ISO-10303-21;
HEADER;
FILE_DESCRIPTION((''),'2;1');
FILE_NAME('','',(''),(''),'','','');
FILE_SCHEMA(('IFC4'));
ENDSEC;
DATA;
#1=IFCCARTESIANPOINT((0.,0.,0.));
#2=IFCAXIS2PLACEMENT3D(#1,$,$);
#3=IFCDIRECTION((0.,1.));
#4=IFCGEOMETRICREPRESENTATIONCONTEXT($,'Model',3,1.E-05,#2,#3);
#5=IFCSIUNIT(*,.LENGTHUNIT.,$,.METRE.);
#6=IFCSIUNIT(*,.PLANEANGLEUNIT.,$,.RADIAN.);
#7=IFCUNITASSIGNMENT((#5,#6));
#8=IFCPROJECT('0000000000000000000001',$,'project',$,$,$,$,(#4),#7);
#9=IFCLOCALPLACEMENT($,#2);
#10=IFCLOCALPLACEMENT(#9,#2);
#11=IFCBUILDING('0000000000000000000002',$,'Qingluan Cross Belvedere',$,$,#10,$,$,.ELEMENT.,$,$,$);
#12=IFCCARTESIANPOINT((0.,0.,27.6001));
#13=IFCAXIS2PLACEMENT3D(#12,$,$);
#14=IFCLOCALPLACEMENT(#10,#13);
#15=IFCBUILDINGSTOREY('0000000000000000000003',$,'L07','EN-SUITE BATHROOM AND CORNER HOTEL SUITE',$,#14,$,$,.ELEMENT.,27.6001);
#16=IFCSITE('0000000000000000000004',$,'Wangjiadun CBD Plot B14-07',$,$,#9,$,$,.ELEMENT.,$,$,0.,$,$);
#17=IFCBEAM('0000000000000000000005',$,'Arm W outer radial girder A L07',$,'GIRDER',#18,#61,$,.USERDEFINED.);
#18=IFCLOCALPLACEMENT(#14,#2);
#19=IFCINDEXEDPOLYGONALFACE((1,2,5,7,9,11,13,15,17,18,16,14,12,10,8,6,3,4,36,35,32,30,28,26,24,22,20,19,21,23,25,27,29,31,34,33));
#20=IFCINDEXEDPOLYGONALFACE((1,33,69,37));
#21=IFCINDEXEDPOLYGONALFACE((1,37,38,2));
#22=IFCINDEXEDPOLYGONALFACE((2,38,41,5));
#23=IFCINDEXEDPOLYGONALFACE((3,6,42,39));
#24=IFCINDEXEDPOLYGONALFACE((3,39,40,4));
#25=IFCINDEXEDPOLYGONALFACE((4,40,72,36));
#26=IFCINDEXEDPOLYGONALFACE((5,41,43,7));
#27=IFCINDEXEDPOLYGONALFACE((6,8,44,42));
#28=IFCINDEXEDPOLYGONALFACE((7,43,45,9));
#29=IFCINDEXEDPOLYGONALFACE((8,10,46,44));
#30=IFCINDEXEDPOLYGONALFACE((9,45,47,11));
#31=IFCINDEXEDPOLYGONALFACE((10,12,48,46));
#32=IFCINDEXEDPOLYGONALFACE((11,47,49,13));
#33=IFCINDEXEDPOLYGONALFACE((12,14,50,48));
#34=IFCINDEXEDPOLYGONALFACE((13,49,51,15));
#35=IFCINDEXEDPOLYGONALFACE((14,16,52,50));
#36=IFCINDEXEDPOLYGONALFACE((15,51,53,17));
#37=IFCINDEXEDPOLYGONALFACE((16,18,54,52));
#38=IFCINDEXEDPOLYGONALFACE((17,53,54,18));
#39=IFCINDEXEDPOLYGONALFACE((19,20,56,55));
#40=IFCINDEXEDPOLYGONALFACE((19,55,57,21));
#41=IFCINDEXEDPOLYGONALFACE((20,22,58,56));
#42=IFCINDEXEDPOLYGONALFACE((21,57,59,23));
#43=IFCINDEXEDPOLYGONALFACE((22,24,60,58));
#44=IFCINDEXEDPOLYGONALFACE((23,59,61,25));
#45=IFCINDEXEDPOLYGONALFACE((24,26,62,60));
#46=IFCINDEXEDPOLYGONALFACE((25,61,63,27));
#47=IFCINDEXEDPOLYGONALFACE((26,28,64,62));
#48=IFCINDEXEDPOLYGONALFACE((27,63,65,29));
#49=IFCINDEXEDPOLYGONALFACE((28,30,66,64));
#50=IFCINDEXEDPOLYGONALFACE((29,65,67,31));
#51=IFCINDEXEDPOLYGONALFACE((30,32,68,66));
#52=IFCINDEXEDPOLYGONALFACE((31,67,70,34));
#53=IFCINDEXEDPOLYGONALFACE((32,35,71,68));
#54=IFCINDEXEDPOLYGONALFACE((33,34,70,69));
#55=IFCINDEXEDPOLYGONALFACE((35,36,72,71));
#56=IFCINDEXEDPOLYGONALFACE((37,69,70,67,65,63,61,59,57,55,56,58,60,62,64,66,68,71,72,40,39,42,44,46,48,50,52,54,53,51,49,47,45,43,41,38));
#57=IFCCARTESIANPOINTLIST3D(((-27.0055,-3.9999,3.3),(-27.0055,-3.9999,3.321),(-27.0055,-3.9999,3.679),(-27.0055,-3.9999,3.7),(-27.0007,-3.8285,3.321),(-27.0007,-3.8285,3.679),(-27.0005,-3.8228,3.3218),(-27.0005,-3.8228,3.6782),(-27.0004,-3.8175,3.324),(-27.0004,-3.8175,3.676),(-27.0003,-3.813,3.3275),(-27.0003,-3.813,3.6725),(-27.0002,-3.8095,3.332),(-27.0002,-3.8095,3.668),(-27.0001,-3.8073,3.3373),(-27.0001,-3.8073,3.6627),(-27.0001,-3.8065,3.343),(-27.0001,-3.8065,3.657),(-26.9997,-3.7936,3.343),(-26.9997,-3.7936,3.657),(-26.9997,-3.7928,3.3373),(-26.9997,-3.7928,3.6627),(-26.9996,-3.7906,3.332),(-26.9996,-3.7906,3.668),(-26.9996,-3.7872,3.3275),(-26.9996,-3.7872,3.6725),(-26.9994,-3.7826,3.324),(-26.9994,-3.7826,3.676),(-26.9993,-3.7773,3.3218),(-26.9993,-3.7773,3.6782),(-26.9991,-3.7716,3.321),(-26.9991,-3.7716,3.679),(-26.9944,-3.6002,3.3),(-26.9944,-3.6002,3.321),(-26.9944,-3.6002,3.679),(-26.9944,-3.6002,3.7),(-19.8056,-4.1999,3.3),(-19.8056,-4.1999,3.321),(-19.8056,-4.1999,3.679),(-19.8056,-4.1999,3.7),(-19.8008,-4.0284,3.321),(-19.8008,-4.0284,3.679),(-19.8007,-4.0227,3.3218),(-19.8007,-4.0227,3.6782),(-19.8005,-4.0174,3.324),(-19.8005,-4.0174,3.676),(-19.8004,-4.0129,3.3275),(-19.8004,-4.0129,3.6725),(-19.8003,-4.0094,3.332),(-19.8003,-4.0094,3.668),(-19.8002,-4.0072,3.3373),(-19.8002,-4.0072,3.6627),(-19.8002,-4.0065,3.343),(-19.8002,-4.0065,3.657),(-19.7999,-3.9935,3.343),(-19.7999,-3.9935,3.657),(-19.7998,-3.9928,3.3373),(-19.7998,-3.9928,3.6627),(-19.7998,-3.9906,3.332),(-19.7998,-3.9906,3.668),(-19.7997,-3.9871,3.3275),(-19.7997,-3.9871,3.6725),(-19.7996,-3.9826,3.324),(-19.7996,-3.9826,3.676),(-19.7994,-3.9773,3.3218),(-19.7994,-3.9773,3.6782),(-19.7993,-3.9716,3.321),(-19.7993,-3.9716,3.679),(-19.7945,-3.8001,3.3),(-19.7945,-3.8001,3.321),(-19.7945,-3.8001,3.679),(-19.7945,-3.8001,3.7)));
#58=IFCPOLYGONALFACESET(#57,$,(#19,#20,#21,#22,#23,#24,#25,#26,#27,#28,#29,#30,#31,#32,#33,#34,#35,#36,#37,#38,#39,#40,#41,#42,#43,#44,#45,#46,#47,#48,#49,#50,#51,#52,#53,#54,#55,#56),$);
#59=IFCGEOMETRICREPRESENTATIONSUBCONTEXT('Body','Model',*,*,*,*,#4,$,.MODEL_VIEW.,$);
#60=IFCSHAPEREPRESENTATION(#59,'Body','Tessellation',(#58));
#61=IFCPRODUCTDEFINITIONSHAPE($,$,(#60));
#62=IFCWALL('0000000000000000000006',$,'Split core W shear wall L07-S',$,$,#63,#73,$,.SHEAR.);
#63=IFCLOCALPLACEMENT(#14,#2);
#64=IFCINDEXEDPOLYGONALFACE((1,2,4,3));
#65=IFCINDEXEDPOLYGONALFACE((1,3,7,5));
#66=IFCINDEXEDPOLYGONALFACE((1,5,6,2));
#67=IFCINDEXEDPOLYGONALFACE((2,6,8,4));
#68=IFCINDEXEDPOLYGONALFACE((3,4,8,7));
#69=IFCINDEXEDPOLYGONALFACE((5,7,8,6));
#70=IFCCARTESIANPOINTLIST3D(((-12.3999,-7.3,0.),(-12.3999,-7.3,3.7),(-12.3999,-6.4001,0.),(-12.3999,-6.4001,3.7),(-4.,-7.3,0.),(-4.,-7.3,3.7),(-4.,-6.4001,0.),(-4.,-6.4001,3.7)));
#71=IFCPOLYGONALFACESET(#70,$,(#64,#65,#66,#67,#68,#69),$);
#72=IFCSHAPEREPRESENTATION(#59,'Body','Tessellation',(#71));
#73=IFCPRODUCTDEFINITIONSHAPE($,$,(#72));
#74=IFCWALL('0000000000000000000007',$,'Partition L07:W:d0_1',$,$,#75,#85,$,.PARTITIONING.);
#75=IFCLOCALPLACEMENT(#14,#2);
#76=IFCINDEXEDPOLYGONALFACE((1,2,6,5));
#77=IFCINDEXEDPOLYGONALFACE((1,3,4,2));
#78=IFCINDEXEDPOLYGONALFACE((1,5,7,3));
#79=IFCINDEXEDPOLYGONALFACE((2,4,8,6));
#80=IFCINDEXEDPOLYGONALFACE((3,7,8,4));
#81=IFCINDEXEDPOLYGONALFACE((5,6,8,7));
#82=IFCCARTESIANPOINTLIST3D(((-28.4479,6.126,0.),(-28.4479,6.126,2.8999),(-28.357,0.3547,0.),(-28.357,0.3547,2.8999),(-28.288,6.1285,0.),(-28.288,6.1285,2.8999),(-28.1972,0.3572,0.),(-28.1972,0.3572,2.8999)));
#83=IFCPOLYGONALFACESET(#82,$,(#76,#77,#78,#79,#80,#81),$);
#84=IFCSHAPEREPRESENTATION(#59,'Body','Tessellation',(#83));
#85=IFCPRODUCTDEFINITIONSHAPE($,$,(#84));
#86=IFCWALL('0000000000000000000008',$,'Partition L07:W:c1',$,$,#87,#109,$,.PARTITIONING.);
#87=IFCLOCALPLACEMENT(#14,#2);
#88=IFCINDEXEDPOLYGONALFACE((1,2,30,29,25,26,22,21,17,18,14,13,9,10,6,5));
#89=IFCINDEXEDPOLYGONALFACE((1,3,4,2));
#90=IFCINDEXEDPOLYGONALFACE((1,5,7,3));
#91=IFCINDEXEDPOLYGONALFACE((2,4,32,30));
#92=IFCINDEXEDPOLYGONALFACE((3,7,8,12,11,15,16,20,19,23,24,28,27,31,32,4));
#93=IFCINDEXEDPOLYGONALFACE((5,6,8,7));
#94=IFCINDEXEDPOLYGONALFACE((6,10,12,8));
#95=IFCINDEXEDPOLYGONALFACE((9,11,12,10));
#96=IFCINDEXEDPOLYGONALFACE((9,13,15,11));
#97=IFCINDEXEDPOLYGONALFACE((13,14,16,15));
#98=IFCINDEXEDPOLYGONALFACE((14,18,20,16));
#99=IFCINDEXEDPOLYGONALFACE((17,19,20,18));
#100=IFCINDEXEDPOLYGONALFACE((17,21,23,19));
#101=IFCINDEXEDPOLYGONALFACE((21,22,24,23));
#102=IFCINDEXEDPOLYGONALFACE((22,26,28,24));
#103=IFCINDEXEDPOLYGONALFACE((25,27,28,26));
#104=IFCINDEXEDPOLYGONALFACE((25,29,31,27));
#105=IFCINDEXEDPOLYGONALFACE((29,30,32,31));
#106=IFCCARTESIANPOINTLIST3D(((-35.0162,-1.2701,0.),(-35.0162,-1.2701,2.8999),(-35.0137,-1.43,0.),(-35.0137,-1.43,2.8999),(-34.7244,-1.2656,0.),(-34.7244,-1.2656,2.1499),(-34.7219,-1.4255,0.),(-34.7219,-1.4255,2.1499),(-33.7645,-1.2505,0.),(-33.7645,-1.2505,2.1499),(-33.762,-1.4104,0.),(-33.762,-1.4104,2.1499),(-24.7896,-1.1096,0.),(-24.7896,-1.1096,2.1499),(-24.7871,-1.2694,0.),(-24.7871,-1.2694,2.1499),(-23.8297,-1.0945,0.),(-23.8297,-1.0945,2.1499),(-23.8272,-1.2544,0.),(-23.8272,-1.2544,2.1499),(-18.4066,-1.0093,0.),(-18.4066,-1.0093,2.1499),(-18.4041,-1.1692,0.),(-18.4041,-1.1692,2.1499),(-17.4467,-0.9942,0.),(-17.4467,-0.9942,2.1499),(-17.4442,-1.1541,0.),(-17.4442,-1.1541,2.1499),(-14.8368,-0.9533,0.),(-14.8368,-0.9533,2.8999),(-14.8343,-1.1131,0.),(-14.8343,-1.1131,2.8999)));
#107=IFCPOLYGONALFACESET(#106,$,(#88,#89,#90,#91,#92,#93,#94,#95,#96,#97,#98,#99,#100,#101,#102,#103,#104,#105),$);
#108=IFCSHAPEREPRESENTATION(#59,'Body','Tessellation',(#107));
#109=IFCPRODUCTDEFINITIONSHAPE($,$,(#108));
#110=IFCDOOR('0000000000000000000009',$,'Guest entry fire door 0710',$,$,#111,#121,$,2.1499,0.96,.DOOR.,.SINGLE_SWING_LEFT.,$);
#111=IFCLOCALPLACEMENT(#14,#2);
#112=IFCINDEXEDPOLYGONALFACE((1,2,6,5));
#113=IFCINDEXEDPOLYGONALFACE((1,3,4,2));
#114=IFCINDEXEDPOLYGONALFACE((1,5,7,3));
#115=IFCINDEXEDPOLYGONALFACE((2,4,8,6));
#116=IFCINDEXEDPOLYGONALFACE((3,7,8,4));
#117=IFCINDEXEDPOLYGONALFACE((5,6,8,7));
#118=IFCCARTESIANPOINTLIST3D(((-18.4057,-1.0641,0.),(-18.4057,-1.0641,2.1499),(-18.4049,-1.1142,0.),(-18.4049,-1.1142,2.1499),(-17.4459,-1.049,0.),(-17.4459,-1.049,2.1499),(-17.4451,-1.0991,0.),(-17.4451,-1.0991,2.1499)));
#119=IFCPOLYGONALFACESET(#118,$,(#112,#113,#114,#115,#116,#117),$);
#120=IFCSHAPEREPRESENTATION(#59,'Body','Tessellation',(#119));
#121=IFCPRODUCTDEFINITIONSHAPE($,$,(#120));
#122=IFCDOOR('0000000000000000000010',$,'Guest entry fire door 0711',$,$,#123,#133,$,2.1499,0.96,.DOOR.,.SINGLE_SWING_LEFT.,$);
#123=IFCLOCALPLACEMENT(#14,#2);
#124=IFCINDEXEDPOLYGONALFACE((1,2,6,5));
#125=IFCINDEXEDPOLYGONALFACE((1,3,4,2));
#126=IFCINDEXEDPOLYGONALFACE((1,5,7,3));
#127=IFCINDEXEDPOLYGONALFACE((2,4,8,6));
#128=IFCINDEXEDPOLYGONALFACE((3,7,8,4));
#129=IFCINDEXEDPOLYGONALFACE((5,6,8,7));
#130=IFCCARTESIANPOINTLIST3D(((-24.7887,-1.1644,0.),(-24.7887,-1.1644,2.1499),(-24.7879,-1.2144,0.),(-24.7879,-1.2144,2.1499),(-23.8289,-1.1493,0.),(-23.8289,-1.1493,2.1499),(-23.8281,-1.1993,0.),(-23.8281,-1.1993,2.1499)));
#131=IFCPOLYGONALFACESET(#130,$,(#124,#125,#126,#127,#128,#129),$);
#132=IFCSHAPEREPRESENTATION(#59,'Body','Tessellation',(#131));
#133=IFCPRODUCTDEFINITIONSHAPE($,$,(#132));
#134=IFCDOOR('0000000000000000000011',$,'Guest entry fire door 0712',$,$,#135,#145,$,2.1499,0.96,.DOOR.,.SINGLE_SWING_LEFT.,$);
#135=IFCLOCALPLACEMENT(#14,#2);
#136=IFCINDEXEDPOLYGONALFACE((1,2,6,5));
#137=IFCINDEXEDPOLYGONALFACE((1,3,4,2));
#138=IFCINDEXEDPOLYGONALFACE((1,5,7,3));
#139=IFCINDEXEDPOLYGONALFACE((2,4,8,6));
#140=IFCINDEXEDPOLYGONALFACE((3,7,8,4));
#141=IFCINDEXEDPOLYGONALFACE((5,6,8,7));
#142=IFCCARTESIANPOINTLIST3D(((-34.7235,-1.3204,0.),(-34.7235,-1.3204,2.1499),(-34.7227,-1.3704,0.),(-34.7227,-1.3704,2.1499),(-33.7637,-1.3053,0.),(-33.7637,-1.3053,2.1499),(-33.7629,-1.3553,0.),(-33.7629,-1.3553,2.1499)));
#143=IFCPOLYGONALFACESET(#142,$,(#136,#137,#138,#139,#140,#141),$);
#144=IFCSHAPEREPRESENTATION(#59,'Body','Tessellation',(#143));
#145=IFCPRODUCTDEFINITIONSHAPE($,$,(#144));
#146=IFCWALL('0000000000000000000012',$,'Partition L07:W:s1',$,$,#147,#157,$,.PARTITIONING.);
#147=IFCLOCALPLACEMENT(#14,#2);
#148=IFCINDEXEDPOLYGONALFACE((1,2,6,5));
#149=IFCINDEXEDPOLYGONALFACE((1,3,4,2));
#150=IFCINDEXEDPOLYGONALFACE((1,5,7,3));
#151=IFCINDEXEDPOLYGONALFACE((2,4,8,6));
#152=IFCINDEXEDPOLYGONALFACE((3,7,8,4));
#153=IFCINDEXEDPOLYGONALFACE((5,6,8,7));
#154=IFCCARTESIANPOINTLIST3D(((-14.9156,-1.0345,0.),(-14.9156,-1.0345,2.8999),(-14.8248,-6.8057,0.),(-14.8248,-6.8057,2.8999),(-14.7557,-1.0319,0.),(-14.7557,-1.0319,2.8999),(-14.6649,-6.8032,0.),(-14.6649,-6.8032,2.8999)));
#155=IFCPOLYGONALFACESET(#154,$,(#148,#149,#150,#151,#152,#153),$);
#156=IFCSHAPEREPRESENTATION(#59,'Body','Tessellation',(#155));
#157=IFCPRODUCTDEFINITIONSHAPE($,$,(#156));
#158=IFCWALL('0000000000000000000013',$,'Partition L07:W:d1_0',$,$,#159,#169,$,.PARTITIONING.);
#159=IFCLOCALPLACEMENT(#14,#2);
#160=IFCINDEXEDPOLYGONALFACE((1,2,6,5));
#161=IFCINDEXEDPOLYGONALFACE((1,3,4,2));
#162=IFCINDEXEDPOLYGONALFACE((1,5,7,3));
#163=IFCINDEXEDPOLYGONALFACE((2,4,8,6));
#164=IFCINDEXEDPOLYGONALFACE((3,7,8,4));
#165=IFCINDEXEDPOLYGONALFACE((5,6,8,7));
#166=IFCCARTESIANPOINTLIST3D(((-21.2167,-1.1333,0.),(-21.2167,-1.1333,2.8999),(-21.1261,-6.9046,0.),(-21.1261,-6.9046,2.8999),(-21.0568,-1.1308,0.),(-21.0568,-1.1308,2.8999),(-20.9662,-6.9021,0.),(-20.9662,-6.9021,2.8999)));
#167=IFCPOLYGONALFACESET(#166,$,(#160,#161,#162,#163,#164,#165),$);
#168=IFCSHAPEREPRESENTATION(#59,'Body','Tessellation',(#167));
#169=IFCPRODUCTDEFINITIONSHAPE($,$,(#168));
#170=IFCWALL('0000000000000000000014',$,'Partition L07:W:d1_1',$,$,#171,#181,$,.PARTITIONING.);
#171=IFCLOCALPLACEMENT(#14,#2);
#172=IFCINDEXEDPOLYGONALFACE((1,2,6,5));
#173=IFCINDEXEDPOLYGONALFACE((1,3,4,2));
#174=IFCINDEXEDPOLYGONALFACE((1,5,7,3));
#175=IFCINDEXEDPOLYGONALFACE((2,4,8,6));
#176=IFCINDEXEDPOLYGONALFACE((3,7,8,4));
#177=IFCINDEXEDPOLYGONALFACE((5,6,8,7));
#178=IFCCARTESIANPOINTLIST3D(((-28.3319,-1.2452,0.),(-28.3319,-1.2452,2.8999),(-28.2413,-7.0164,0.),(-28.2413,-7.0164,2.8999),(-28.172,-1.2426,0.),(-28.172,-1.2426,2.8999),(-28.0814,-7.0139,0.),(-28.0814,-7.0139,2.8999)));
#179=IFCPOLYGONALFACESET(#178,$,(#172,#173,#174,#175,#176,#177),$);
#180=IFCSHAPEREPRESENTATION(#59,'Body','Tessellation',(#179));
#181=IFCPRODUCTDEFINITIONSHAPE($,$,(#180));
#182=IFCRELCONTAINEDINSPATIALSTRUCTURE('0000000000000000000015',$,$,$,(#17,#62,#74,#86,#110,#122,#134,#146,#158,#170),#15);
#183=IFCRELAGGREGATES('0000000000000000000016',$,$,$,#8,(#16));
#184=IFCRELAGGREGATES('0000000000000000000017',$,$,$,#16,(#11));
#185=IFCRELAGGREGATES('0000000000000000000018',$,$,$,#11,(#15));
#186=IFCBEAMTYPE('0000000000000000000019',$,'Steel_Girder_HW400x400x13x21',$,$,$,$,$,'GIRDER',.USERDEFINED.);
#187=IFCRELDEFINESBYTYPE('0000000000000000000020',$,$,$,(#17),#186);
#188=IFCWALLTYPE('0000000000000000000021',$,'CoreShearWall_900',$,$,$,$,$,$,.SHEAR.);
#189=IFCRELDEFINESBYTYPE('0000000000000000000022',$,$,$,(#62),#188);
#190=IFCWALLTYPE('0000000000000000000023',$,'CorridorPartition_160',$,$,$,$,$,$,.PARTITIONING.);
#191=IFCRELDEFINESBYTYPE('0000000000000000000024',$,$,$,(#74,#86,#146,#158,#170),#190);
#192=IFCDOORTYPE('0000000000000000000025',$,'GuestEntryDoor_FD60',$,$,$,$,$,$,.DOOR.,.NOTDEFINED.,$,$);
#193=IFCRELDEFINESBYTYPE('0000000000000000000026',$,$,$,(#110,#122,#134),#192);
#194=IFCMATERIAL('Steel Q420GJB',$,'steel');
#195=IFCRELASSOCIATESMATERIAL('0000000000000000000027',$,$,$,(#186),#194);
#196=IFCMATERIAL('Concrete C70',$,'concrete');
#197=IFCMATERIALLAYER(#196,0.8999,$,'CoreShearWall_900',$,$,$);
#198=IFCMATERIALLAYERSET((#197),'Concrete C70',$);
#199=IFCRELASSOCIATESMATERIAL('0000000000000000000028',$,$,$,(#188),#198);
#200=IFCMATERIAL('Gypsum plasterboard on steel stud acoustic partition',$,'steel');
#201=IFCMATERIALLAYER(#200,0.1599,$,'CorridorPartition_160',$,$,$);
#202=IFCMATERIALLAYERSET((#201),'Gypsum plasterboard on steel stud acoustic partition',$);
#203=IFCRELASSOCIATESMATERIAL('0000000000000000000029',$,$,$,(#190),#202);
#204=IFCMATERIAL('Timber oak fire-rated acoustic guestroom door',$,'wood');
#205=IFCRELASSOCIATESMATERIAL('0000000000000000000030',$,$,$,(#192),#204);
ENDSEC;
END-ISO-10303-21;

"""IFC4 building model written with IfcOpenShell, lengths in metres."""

from ifc_helpers import new_model, si_unit, direction, frame, frame_2d, origin, origin_2d, place, context, subcontext, project, spatial, rectangle, i_section, extrude, material, layer, layer_set, material_profile, profile_set, type_object, element, fill, save


model = new_model("IFC4")

# Units and contexts
model_context = context("Model", 3, precision=1e-05, world=origin(), true_north=direction((0.0, 1.0)))
body_context = subcontext(model_context, "Body", "Model", "MODEL_VIEW")
ifc_project = project(units=[si_unit("LENGTHUNIT", "METRE"), si_unit("PLANEANGLEUNIT", "RADIAN")], contexts=[model_context])

# Site, building, storey
site_placement = place(None, origin())
site = spatial("IfcSite", under=ifc_project, at=site_placement, Name="Wangjiadun CBD Plot B14-07", CompositionType="ELEMENT", RefElevation=0.0)
building_placement = place(site_placement, origin())
building = spatial("IfcBuilding", under=site, at=building_placement, Name="Qingluan Cross Belvedere", CompositionType="ELEMENT")
storey_placement = place(building_placement, frame((0.0, 0.0, 27.6001)))
storey = spatial("IfcBuildingStorey", under=building, at=storey_placement, Name="L07", Description="EN-SUITE BATHROOM AND CORNER HOTEL SUITE", CompositionType="ELEMENT", Elevation=27.6001)

# Beam
ifc_material_1 = material(Name="Steel Q420GJB", Category="steel")
ifc_material_profile_1 = material_profile(ifc_material_1, i_section(OverallWidth=0.3999, OverallDepth=0.3999, WebThickness=0.0129, FlangeThickness=0.021, FilletRadius=0.022, at=origin_2d()), Name="HW400x400x13x21")
ifc_profile_set_1 = profile_set([ifc_material_profile_1], Name="Steel Q420GJB")
beam_type_1 = type_object("IfcBeamType", Name="Steel_Girder_HW400x400x13x21", ElementType="GIRDER", PredefinedType="USERDEFINED", material=ifc_profile_set_1)
beam_1_placement = place(storey_placement, frame((-19.8, -4.0, 3.5), z_axis=(-0.999615, 0.02776, 0.0), x_axis=(-0.02776, -0.999615, 0.0)))
element("IfcBeam", 1, at=beam_1_placement, inside=storey, type_object=beam_type_1, Name="Arm W outer radial girder A L07", ObjectType="GIRDER", PredefinedType="USERDEFINED", context=body_context, shape_type="SweptSolid", body=[
    extrude(i_section(OverallWidth=0.3999, OverallDepth=0.3999, WebThickness=0.0129, FlangeThickness=0.021, FilletRadius=0.022, at=origin_2d()), origin(), (0.0, 0.0, 1.0), 7.2026),
])

# Walls
ifc_material_2 = material(Name="Concrete C70", Category="concrete")
ifc_layer_1 = layer(ifc_material_2, 0.8999, Name="CoreShearWall_900")
ifc_layer_set_1 = layer_set([ifc_layer_1], Name="Concrete C70")
wall_type_1 = type_object("IfcWallType", Name="CoreShearWall_900", PredefinedType="SHEAR", material=ifc_layer_set_1)
wall_1_placement = place(storey_placement, frame((-12.3999, -6.8501, 0.0), z_axis=(0.0, 0.0, 1.0), x_axis=(1.0, 0.0, 0.0)))
element("IfcWall", 2, at=wall_1_placement, inside=storey, type_object=wall_type_1, Name="Split core W shear wall L07-S", PredefinedType="SHEAR", context=body_context, shape_type="SweptSolid", body=[
    extrude(rectangle(XDim=8.3999, YDim=0.8999, at=frame_2d((4.2, 0.0))), origin(), (0.0, 0.0, 1.0), 3.7),
])
ifc_material_3 = material(Name="Gypsum plasterboard on steel stud acoustic partition", Category="steel")
ifc_layer_2 = layer(ifc_material_3, 0.1599, Name="CorridorPartition_160")
ifc_layer_set_2 = layer_set([ifc_layer_2], Name="Gypsum plasterboard on steel stud acoustic partition")
wall_type_2 = type_object("IfcWallType", Name="CorridorPartition_160", PredefinedType="PARTITIONING", material=ifc_layer_set_2)
wall_2_placement = place(storey_placement, frame((-28.2771, 0.356, 0.0), z_axis=(0.0, 0.0, 1.0), x_axis=(-0.015735, 0.999876, 0.0)))
element("IfcWall", 3, at=wall_2_placement, inside=storey, type_object=wall_type_2, Name="Partition L07:W:d0_1", PredefinedType="PARTITIONING", context=body_context, shape_type="SweptSolid", body=[
    extrude(rectangle(XDim=5.772, YDim=0.1599, at=frame_2d((2.886, 0.0))), origin(), (0.0, 0.0, 1.0), 2.8999),
])

# Wall, openings, doors
wall_3_placement = place(storey_placement, frame((-14.8357, -1.0332, 0.0), z_axis=(0.0, 0.0, 1.0), x_axis=(-0.999877, -0.015702, 0.0)))
wall_3 = element("IfcWall", 4, at=wall_3_placement, inside=storey, type_object=wall_type_2, Name="Partition L07:W:c1", PredefinedType="PARTITIONING", context=body_context, shape_type="SweptSolid", body=[
    extrude(rectangle(XDim=20.1819, YDim=0.1599, at=frame_2d((10.0908, 0.0))), origin(), (0.0, 0.0, 1.0), 2.8999),
])
opening_1_placement = place(wall_3_placement, frame((2.6101, 0.0, 0.0)))
opening_1 = element("IfcOpeningElement", 5, at=opening_1_placement, cuts=wall_3, PredefinedType="OPENING", context=body_context, shape_type="SweptSolid", body=[
    extrude(rectangle(XDim=0.96, YDim=2.1499, at=frame_2d((0.48, 1.075))), frame((0.0, 0.0898, 0.0), z_axis=(0.0, -1.0, 0.0), x_axis=(1.0, 0.0, 0.0)), (0.0, 0.0, 1.0), 0.1799),
])
opening_2_placement = place(wall_3_placement, frame((8.9939, 0.0, 0.0)))
opening_2 = element("IfcOpeningElement", 6, at=opening_2_placement, cuts=wall_3, PredefinedType="OPENING", context=body_context, shape_type="SweptSolid", body=[
    extrude(rectangle(XDim=0.96, YDim=2.1499, at=frame_2d((0.48, 1.075))), frame((0.0, 0.0898, 0.0), z_axis=(0.0, -1.0, 0.0), x_axis=(1.0, 0.0, 0.0)), (0.0, 0.0, 1.0), 0.1799),
])
opening_3_placement = place(wall_3_placement, frame((18.9299, 0.0, 0.0)))
opening_3 = element("IfcOpeningElement", 7, at=opening_3_placement, cuts=wall_3, PredefinedType="OPENING", context=body_context, shape_type="SweptSolid", body=[
    extrude(rectangle(XDim=0.96, YDim=2.1499, at=frame_2d((0.48, 1.075))), frame((0.0, 0.0898, 0.0), z_axis=(0.0, -1.0, 0.0), x_axis=(1.0, 0.0, 0.0)), (0.0, 0.0, 1.0), 0.1799),
])
ifc_material_4 = material(Name="Timber oak fire-rated acoustic guestroom door", Category="wood")
door_type_1 = type_object("IfcDoorType", Name="GuestEntryDoor_FD60", OperationType="NOTDEFINED", PredefinedType="DOOR", material=ifc_material_4)
door_1_placement = place(opening_1_placement, origin())
door_1 = element("IfcDoor", 8, at=door_1_placement, inside=storey, type_object=door_type_1, Name="Guest entry fire door 0710", OperationType="SINGLE_SWING_LEFT", OverallHeight=2.1499, OverallWidth=0.96, PredefinedType="DOOR", context=body_context, shape_type="SweptSolid", body=[
    extrude(rectangle(XDim=0.96, YDim=2.1499, at=frame_2d((0.48, 1.075))), frame((0.0, 0.0249, 0.0), z_axis=(0.0, -1.0, 0.0), x_axis=(1.0, 0.0, 0.0)), (0.0, 0.0, 1.0), 0.05),
])
fill(opening_1, door_1)
door_2_placement = place(opening_2_placement, origin())
door_2 = element("IfcDoor", 9, at=door_2_placement, inside=storey, type_object=door_type_1, Name="Guest entry fire door 0711", OperationType="SINGLE_SWING_LEFT", OverallHeight=2.1499, OverallWidth=0.96, PredefinedType="DOOR", context=body_context, shape_type="SweptSolid", body=[
    extrude(rectangle(XDim=0.96, YDim=2.1499, at=frame_2d((0.48, 1.075))), frame((0.0, 0.0249, 0.0), z_axis=(0.0, -1.0, 0.0), x_axis=(1.0, 0.0, 0.0)), (0.0, 0.0, 1.0), 0.05),
])
fill(opening_2, door_2)
door_3_placement = place(opening_3_placement, origin())
door_3 = element("IfcDoor", 10, at=door_3_placement, inside=storey, type_object=door_type_1, Name="Guest entry fire door 0712", OperationType="SINGLE_SWING_LEFT", OverallHeight=2.1499, OverallWidth=0.96, PredefinedType="DOOR", context=body_context, shape_type="SweptSolid", body=[
    extrude(rectangle(XDim=0.96, YDim=2.1499, at=frame_2d((0.48, 1.075))), frame((0.0, 0.0249, 0.0), z_axis=(0.0, -1.0, 0.0), x_axis=(1.0, 0.0, 0.0)), (0.0, 0.0, 1.0), 0.05),
])
fill(opening_3, door_3)

# Walls
for number, where, z_axis, x_axis, name in (
    (11, (-14.8357, -1.0332, 0.0), (0.0, 0.0, 1.0), (0.015735, -0.999876, 0.0), "Partition L07:W:s1"),
    (12, (-21.1367, -1.1321, 0.0), (0.0, 0.0, 1.0), (0.015692, -0.999877, 0.0), "Partition L07:W:d1_0"),
    (13, (-28.252, -1.2439, 0.0), (0.0, 0.0, 1.0), (0.015692, -0.999877, 0.0), "Partition L07:W:d1_1"),
):
    element("IfcWall", number, at=place(storey_placement, frame(where, z_axis=z_axis, x_axis=x_axis)), inside=storey, type_object=wall_type_2, Name=name, PredefinedType="PARTITIONING", context=body_context, shape_type="SweptSolid", body=[
        extrude(rectangle(XDim=5.772, YDim=0.1599, at=frame_2d((2.886, 0.0))), origin(), (0.0, 0.0, 1.0), 2.8999),
    ])

save(model, "model.ifc")
